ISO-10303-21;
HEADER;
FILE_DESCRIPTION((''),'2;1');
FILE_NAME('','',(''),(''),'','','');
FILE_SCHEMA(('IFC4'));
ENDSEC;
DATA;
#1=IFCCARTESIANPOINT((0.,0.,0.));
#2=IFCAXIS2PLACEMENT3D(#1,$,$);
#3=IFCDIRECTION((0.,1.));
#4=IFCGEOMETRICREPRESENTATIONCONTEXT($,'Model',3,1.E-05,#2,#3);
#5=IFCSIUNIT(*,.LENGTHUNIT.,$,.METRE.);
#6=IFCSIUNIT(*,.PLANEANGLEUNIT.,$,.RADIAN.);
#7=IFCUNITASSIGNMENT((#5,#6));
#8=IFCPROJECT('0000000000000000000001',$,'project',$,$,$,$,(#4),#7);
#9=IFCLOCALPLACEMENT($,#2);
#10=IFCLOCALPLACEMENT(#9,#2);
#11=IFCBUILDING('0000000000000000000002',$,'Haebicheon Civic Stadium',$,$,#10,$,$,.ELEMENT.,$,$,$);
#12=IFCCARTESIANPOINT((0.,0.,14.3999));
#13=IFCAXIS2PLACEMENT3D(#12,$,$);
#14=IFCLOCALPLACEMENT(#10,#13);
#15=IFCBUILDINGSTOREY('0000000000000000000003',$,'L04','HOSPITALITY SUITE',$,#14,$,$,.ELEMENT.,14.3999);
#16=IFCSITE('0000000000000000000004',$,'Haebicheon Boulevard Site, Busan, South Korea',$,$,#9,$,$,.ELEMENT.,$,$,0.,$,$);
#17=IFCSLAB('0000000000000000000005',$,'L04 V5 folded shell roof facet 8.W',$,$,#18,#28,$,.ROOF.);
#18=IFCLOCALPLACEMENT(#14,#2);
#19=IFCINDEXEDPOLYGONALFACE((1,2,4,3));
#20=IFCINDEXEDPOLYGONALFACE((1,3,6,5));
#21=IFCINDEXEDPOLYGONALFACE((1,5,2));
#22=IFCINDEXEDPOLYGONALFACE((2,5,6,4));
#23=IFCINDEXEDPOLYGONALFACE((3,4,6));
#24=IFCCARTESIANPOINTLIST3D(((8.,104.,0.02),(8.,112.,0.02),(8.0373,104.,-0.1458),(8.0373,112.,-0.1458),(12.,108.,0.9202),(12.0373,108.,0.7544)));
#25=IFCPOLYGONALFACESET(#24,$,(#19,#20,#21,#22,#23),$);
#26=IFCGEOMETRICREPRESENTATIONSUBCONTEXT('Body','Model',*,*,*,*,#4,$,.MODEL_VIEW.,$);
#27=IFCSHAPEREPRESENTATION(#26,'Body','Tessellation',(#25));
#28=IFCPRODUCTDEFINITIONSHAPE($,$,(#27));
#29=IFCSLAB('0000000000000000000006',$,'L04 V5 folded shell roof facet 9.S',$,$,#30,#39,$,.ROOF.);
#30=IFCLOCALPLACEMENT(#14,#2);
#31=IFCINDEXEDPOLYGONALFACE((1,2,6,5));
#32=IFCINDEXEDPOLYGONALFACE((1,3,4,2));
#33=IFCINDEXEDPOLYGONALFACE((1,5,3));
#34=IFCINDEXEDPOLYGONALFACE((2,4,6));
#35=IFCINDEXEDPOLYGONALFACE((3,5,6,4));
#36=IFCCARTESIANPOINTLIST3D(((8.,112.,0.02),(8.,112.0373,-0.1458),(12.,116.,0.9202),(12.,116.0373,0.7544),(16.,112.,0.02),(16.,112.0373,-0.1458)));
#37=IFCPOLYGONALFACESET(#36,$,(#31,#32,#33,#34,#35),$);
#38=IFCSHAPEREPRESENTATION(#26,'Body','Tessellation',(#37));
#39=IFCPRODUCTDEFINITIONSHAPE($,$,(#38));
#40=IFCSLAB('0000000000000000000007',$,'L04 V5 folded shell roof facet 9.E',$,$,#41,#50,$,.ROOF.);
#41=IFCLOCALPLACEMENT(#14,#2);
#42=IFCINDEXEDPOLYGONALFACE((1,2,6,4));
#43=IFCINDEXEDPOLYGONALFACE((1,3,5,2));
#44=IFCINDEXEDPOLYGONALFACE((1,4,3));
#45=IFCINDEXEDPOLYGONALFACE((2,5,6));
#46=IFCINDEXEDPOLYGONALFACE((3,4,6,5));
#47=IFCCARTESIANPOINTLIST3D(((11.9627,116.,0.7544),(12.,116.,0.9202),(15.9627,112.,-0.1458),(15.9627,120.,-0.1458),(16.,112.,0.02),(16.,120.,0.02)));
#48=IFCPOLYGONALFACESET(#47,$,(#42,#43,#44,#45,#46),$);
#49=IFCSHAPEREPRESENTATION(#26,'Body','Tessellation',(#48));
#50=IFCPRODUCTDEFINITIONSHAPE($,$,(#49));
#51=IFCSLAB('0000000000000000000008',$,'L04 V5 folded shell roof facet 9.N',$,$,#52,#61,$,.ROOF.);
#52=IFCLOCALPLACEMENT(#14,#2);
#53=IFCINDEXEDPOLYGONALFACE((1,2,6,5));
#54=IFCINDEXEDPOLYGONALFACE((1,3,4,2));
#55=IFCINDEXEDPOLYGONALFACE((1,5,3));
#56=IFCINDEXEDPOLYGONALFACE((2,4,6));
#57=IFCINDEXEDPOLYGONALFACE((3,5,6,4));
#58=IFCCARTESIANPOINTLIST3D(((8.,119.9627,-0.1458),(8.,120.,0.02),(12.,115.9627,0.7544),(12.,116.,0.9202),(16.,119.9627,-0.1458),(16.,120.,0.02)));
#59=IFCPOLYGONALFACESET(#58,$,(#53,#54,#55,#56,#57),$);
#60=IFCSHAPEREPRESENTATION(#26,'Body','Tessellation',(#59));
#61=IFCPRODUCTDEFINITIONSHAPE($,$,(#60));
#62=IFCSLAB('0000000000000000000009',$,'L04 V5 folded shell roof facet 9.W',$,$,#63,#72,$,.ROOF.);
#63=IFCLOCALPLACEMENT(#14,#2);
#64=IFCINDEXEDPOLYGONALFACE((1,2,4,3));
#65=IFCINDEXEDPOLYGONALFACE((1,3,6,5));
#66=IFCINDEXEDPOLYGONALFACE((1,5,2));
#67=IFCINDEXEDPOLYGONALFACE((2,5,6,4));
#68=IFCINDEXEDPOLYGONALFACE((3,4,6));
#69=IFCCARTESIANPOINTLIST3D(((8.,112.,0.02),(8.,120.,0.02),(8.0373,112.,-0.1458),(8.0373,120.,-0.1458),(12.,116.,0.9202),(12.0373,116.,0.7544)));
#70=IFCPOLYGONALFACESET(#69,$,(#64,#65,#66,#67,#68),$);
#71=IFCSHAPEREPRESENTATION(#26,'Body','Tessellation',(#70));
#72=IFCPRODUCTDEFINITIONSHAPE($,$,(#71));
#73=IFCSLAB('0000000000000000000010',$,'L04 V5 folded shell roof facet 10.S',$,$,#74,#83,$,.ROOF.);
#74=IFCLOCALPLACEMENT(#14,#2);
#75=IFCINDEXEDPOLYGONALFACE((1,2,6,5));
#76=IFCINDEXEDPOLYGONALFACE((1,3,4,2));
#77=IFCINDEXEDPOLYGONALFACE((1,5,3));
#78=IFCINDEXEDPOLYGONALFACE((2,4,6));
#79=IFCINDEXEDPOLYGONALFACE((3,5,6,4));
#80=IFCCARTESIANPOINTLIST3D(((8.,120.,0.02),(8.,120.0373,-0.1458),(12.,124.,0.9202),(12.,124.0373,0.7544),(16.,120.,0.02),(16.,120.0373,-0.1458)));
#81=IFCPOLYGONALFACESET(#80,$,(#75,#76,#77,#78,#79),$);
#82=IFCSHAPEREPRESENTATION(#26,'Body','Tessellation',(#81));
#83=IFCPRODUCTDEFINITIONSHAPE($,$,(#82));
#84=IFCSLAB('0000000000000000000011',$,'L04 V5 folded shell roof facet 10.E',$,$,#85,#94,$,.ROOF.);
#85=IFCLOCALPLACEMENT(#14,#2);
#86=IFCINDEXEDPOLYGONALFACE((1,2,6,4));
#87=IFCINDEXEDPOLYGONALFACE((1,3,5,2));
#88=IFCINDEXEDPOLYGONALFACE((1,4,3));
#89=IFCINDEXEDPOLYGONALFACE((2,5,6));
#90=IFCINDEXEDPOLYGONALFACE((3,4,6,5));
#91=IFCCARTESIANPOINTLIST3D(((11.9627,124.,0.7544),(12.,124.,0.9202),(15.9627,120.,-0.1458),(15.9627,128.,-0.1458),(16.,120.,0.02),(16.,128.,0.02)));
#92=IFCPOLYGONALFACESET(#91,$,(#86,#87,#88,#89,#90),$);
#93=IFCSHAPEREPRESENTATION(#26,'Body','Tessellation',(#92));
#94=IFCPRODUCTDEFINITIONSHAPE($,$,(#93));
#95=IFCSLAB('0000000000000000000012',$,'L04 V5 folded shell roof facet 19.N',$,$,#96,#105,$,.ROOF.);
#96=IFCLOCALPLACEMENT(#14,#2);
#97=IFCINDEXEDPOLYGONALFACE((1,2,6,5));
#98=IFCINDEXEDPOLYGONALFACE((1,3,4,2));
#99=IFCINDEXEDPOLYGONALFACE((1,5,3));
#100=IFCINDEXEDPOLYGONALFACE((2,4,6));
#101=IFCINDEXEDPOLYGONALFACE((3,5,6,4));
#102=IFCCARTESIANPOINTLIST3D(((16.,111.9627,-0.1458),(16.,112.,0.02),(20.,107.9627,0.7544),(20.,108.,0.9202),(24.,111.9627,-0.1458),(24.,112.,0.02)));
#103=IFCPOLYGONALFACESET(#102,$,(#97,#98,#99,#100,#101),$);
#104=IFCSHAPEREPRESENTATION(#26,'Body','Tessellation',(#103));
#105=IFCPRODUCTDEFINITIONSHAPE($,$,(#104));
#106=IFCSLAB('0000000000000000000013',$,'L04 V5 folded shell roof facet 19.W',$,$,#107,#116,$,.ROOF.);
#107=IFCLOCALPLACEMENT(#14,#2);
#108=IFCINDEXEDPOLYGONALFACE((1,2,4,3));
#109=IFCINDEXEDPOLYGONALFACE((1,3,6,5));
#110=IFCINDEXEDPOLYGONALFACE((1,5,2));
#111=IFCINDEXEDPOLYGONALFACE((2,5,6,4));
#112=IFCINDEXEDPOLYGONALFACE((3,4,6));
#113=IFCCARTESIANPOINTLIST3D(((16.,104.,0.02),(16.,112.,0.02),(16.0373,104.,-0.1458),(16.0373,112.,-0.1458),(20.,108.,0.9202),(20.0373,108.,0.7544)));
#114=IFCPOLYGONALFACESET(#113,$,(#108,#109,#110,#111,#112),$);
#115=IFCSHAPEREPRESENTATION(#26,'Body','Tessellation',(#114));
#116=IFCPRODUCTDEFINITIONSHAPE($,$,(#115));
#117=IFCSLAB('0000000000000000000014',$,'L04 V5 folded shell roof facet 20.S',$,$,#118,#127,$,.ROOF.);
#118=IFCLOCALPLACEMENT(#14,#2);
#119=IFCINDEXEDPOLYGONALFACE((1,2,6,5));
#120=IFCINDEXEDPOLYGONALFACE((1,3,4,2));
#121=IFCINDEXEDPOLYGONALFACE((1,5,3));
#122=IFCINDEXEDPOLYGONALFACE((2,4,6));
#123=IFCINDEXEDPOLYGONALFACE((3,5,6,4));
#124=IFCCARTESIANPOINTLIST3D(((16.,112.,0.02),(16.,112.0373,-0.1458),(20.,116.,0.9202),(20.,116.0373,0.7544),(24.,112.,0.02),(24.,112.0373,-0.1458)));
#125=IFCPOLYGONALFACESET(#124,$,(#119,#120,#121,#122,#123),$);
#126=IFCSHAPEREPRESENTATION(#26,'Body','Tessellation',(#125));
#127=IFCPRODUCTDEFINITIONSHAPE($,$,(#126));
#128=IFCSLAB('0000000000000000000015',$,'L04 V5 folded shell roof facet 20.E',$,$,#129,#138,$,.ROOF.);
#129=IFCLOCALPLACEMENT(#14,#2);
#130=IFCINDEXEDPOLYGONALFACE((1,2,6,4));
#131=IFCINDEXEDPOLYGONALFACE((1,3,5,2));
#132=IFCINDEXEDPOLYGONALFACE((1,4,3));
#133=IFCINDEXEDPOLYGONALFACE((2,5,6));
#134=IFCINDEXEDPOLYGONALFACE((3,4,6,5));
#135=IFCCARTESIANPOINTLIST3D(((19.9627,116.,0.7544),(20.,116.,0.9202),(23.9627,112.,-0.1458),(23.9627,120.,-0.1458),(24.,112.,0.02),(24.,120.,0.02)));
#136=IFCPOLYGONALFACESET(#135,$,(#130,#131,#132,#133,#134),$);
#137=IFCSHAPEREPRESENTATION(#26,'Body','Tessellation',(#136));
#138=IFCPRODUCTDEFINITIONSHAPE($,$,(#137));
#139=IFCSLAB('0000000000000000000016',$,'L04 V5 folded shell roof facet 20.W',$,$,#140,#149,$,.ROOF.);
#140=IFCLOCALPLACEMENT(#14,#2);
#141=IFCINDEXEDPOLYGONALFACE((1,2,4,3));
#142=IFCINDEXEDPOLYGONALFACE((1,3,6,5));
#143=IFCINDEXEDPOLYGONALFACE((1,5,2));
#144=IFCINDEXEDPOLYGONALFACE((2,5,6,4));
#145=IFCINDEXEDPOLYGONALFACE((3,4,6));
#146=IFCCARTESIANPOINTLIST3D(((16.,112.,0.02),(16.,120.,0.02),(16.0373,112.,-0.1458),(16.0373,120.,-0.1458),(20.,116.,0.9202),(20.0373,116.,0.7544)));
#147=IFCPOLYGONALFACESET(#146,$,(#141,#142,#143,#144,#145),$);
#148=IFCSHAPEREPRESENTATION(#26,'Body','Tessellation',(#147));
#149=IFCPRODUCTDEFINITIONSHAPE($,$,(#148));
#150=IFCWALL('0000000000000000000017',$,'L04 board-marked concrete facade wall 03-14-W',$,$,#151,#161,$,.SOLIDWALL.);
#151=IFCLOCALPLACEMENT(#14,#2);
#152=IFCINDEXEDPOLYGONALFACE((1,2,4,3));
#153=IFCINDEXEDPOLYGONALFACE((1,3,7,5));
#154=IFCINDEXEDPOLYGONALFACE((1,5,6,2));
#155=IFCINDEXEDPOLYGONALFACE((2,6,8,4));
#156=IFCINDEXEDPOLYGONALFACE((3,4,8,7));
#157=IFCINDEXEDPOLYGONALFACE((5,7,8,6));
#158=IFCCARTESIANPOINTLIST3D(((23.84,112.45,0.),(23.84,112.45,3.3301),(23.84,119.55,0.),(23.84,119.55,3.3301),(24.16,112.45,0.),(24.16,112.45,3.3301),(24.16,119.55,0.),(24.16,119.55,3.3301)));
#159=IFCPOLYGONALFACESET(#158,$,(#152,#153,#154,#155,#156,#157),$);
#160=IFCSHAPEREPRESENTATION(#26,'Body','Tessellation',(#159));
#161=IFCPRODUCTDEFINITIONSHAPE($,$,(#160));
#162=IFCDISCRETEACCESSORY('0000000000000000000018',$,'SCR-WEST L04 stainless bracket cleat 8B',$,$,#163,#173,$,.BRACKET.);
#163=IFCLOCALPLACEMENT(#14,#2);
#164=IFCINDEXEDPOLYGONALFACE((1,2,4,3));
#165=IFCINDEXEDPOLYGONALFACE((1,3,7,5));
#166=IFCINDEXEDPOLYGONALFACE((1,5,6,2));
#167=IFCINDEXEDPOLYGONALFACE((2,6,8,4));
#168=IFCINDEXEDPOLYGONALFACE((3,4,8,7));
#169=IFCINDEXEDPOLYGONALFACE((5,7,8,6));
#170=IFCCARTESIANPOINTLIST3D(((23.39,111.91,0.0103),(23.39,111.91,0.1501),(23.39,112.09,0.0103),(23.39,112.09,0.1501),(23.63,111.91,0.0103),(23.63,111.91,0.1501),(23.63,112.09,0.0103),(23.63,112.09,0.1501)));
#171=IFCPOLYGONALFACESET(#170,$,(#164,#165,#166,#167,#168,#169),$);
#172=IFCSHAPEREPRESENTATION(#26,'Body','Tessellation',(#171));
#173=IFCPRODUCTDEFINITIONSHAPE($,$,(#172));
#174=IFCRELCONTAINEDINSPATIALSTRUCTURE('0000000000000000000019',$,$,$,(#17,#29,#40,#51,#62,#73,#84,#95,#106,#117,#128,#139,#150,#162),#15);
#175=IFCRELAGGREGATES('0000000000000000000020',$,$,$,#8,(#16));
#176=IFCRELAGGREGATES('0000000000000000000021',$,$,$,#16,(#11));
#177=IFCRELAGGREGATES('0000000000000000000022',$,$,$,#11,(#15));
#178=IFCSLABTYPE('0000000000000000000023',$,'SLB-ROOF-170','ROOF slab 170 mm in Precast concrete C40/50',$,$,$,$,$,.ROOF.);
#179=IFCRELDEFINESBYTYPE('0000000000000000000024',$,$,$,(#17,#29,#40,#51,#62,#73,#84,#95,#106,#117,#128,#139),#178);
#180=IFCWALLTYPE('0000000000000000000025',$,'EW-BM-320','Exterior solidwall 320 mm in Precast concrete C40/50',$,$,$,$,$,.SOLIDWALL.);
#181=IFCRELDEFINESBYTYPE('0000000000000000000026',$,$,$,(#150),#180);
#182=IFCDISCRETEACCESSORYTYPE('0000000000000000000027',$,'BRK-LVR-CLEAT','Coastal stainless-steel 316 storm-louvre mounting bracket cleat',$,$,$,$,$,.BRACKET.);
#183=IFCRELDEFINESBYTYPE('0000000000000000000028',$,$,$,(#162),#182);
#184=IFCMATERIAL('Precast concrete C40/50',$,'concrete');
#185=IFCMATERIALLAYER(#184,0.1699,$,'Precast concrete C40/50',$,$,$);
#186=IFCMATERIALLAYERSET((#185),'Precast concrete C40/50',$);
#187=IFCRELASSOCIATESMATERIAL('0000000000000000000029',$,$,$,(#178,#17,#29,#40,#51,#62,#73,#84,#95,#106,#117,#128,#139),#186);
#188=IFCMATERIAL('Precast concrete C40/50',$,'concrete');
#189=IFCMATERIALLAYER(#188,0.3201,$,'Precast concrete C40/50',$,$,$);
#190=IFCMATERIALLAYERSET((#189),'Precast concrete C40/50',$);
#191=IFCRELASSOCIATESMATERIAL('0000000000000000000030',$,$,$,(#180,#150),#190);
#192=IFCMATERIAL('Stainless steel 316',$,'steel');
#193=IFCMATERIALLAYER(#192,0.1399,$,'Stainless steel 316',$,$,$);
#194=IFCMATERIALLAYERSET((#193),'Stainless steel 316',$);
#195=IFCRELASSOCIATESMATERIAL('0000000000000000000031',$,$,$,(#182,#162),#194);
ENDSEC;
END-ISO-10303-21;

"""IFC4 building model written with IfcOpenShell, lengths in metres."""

from ifc_helpers import new_model, si_unit, direction, frame, frame_2d, origin, origin_2d, place, context, subcontext, project, spatial, polyline, rectangle, outline, extrude, material, layer, layer_set, type_object, element, save


model = new_model("IFC4")

# Units and contexts
model_context = context("Model", 3, precision=1e-05, world=origin(), true_north=direction((0.0, 1.0)))
body_context = subcontext(model_context, "Body", "Model", "MODEL_VIEW")
ifc_project = project(units=[si_unit("LENGTHUNIT", "METRE"), si_unit("PLANEANGLEUNIT", "RADIAN")], contexts=[model_context])

# Site, building, storey
site_placement = place(None, origin())
site = spatial("IfcSite", under=ifc_project, at=site_placement, Name="Haebicheon Boulevard Site, Busan, South Korea", CompositionType="ELEMENT", RefElevation=0.0)
building_placement = place(site_placement, origin())
building = spatial("IfcBuilding", under=site, at=building_placement, Name="Haebicheon Civic Stadium", CompositionType="ELEMENT")
storey_placement = place(building_placement, frame((0.0, 0.0, 14.3999)))
storey = spatial("IfcBuildingStorey", under=building, at=storey_placement, Name="L04", Description="HOSPITALITY SUITE", CompositionType="ELEMENT", Elevation=14.3999)

# Slabs
ifc_material_1 = material(Name="Precast concrete C40/50", Category="concrete")
ifc_layer_1 = layer(ifc_material_1, 0.1699, Name="Precast concrete C40/50")
ifc_layer_set_1 = layer_set([ifc_layer_1], Name="Precast concrete C40/50")
slab_type = type_object("IfcSlabType", Name="SLB-ROOF-170", Description="ROOF slab 170 mm in Precast concrete C40/50", PredefinedType="ROOF", material=ifc_layer_set_1)
for number, where, z_axis, x_axis, name in (
    (1, (8.0, 112.0, 0.02), (-0.219546, 0.0, 0.975602), (0.0, -1.0, 0.0), "L04 V5 folded shell roof facet 8.W"),
    (2, (8.0, 112.0, 0.02), (0.0, -0.219546, 0.975602), (1.0, 0.0, 0.0), "L04 V5 folded shell roof facet 9.S"),
    (3, (16.0, 112.0, 0.02), (0.219546, 0.0, 0.975602), (0.0, 1.0, 0.0), "L04 V5 folded shell roof facet 9.E"),
    (4, (16.0, 120.0, 0.02), (0.0, 0.219546, 0.975602), (-1.0, 0.0, 0.0), "L04 V5 folded shell roof facet 9.N"),
    (5, (8.0, 120.0, 0.02), (-0.219546, 0.0, 0.975602), (0.0, -1.0, 0.0), "L04 V5 folded shell roof facet 9.W"),
    (6, (8.0, 120.0, 0.02), (0.0, -0.219546, 0.975602), (1.0, 0.0, 0.0), "L04 V5 folded shell roof facet 10.S"),
    (7, (16.0, 120.0, 0.02), (0.219546, 0.0, 0.975602), (0.0, 1.0, 0.0), "L04 V5 folded shell roof facet 10.E"),
    (8, (24.0, 112.0, 0.02), (0.0, 0.219546, 0.975602), (-1.0, 0.0, 0.0), "L04 V5 folded shell roof facet 19.N"),
    (9, (16.0, 112.0, 0.02), (-0.219546, 0.0, 0.975602), (0.0, -1.0, 0.0), "L04 V5 folded shell roof facet 19.W"),
    (10, (16.0, 112.0, 0.02), (0.0, -0.219546, 0.975602), (1.0, 0.0, 0.0), "L04 V5 folded shell roof facet 20.S"),
    (11, (24.0, 112.0, 0.02), (0.219546, 0.0, 0.975602), (0.0, 1.0, 0.0), "L04 V5 folded shell roof facet 20.E"),
    (12, (16.0, 120.0, 0.02), (-0.219546, 0.0, 0.975602), (0.0, -1.0, 0.0), "L04 V5 folded shell roof facet 20.W"),
):
    element("IfcSlab", number, at=place(storey_placement, frame(where, z_axis=z_axis, x_axis=x_axis)), inside=storey, type_object=slab_type, material=ifc_layer_set_1, Name=name, PredefinedType="ROOF", context=body_context, shape_type="SweptSolid", body=[
        extrude(outline(polyline([(0.0, 0.0), (8.0, 0.0), (4.0, 4.1), (0.0, 0.0)])), origin(), (0.0, 0.0, -1.0), 0.1699),
    ])

# Wall
ifc_material_2 = material(Name="Precast concrete C40/50", Category="concrete")
ifc_layer_2 = layer(ifc_material_2, 0.3201, Name="Precast concrete C40/50")
ifc_layer_set_2 = layer_set([ifc_layer_2], Name="Precast concrete C40/50")
wall_type = type_object("IfcWallType", Name="EW-BM-320", Description="Exterior solidwall 320 mm in Precast concrete C40/50", PredefinedType="SOLIDWALL", material=ifc_layer_set_2)
wall_placement = place(storey_placement, frame((24.0, 112.45, 0.0), z_axis=(0.0, 0.0, 1.0), x_axis=(0.0, 1.0, 0.0)))
element("IfcWall", 13, at=wall_placement, inside=storey, type_object=wall_type, material=ifc_layer_set_2, Name="L04 board-marked concrete facade wall 03-14-W", PredefinedType="SOLIDWALL", context=body_context, shape_type="SweptSolid", body=[
    extrude(rectangle(XDim=7.1001, YDim=0.3201, at=frame_2d((3.55, 0.0))), origin(), (0.0, 0.0, 1.0), 3.3301),
])

# Discrete accessory
ifc_material_3 = material(Name="Stainless steel 316", Category="steel")
ifc_layer_3 = layer(ifc_material_3, 0.1399, Name="Stainless steel 316")
ifc_layer_set_3 = layer_set([ifc_layer_3], Name="Stainless steel 316")
discrete_accessory_type = type_object("IfcDiscreteAccessoryType", Name="BRK-LVR-CLEAT", Description="Coastal stainless-steel 316 storm-louvre mounting bracket cleat", PredefinedType="BRACKET", material=ifc_layer_set_3)
discrete_accessory_placement = place(storey_placement, frame((23.51, 112.0, 0.0103), z_axis=(0.0, 0.0, 1.0), x_axis=(1.0, 0.0, 0.0)))
element("IfcDiscreteAccessory", 14, at=discrete_accessory_placement, inside=storey, type_object=discrete_accessory_type, material=ifc_layer_set_3, Name="SCR-WEST L04 stainless bracket cleat 8B", PredefinedType="BRACKET", context=body_context, shape_type="SweptSolid", body=[
    extrude(rectangle(XDim=0.24, YDim=0.1799, at=origin_2d()), origin(), (0.0, 0.0, 1.0), 0.1399),
])

save(model, "model.ifc")
